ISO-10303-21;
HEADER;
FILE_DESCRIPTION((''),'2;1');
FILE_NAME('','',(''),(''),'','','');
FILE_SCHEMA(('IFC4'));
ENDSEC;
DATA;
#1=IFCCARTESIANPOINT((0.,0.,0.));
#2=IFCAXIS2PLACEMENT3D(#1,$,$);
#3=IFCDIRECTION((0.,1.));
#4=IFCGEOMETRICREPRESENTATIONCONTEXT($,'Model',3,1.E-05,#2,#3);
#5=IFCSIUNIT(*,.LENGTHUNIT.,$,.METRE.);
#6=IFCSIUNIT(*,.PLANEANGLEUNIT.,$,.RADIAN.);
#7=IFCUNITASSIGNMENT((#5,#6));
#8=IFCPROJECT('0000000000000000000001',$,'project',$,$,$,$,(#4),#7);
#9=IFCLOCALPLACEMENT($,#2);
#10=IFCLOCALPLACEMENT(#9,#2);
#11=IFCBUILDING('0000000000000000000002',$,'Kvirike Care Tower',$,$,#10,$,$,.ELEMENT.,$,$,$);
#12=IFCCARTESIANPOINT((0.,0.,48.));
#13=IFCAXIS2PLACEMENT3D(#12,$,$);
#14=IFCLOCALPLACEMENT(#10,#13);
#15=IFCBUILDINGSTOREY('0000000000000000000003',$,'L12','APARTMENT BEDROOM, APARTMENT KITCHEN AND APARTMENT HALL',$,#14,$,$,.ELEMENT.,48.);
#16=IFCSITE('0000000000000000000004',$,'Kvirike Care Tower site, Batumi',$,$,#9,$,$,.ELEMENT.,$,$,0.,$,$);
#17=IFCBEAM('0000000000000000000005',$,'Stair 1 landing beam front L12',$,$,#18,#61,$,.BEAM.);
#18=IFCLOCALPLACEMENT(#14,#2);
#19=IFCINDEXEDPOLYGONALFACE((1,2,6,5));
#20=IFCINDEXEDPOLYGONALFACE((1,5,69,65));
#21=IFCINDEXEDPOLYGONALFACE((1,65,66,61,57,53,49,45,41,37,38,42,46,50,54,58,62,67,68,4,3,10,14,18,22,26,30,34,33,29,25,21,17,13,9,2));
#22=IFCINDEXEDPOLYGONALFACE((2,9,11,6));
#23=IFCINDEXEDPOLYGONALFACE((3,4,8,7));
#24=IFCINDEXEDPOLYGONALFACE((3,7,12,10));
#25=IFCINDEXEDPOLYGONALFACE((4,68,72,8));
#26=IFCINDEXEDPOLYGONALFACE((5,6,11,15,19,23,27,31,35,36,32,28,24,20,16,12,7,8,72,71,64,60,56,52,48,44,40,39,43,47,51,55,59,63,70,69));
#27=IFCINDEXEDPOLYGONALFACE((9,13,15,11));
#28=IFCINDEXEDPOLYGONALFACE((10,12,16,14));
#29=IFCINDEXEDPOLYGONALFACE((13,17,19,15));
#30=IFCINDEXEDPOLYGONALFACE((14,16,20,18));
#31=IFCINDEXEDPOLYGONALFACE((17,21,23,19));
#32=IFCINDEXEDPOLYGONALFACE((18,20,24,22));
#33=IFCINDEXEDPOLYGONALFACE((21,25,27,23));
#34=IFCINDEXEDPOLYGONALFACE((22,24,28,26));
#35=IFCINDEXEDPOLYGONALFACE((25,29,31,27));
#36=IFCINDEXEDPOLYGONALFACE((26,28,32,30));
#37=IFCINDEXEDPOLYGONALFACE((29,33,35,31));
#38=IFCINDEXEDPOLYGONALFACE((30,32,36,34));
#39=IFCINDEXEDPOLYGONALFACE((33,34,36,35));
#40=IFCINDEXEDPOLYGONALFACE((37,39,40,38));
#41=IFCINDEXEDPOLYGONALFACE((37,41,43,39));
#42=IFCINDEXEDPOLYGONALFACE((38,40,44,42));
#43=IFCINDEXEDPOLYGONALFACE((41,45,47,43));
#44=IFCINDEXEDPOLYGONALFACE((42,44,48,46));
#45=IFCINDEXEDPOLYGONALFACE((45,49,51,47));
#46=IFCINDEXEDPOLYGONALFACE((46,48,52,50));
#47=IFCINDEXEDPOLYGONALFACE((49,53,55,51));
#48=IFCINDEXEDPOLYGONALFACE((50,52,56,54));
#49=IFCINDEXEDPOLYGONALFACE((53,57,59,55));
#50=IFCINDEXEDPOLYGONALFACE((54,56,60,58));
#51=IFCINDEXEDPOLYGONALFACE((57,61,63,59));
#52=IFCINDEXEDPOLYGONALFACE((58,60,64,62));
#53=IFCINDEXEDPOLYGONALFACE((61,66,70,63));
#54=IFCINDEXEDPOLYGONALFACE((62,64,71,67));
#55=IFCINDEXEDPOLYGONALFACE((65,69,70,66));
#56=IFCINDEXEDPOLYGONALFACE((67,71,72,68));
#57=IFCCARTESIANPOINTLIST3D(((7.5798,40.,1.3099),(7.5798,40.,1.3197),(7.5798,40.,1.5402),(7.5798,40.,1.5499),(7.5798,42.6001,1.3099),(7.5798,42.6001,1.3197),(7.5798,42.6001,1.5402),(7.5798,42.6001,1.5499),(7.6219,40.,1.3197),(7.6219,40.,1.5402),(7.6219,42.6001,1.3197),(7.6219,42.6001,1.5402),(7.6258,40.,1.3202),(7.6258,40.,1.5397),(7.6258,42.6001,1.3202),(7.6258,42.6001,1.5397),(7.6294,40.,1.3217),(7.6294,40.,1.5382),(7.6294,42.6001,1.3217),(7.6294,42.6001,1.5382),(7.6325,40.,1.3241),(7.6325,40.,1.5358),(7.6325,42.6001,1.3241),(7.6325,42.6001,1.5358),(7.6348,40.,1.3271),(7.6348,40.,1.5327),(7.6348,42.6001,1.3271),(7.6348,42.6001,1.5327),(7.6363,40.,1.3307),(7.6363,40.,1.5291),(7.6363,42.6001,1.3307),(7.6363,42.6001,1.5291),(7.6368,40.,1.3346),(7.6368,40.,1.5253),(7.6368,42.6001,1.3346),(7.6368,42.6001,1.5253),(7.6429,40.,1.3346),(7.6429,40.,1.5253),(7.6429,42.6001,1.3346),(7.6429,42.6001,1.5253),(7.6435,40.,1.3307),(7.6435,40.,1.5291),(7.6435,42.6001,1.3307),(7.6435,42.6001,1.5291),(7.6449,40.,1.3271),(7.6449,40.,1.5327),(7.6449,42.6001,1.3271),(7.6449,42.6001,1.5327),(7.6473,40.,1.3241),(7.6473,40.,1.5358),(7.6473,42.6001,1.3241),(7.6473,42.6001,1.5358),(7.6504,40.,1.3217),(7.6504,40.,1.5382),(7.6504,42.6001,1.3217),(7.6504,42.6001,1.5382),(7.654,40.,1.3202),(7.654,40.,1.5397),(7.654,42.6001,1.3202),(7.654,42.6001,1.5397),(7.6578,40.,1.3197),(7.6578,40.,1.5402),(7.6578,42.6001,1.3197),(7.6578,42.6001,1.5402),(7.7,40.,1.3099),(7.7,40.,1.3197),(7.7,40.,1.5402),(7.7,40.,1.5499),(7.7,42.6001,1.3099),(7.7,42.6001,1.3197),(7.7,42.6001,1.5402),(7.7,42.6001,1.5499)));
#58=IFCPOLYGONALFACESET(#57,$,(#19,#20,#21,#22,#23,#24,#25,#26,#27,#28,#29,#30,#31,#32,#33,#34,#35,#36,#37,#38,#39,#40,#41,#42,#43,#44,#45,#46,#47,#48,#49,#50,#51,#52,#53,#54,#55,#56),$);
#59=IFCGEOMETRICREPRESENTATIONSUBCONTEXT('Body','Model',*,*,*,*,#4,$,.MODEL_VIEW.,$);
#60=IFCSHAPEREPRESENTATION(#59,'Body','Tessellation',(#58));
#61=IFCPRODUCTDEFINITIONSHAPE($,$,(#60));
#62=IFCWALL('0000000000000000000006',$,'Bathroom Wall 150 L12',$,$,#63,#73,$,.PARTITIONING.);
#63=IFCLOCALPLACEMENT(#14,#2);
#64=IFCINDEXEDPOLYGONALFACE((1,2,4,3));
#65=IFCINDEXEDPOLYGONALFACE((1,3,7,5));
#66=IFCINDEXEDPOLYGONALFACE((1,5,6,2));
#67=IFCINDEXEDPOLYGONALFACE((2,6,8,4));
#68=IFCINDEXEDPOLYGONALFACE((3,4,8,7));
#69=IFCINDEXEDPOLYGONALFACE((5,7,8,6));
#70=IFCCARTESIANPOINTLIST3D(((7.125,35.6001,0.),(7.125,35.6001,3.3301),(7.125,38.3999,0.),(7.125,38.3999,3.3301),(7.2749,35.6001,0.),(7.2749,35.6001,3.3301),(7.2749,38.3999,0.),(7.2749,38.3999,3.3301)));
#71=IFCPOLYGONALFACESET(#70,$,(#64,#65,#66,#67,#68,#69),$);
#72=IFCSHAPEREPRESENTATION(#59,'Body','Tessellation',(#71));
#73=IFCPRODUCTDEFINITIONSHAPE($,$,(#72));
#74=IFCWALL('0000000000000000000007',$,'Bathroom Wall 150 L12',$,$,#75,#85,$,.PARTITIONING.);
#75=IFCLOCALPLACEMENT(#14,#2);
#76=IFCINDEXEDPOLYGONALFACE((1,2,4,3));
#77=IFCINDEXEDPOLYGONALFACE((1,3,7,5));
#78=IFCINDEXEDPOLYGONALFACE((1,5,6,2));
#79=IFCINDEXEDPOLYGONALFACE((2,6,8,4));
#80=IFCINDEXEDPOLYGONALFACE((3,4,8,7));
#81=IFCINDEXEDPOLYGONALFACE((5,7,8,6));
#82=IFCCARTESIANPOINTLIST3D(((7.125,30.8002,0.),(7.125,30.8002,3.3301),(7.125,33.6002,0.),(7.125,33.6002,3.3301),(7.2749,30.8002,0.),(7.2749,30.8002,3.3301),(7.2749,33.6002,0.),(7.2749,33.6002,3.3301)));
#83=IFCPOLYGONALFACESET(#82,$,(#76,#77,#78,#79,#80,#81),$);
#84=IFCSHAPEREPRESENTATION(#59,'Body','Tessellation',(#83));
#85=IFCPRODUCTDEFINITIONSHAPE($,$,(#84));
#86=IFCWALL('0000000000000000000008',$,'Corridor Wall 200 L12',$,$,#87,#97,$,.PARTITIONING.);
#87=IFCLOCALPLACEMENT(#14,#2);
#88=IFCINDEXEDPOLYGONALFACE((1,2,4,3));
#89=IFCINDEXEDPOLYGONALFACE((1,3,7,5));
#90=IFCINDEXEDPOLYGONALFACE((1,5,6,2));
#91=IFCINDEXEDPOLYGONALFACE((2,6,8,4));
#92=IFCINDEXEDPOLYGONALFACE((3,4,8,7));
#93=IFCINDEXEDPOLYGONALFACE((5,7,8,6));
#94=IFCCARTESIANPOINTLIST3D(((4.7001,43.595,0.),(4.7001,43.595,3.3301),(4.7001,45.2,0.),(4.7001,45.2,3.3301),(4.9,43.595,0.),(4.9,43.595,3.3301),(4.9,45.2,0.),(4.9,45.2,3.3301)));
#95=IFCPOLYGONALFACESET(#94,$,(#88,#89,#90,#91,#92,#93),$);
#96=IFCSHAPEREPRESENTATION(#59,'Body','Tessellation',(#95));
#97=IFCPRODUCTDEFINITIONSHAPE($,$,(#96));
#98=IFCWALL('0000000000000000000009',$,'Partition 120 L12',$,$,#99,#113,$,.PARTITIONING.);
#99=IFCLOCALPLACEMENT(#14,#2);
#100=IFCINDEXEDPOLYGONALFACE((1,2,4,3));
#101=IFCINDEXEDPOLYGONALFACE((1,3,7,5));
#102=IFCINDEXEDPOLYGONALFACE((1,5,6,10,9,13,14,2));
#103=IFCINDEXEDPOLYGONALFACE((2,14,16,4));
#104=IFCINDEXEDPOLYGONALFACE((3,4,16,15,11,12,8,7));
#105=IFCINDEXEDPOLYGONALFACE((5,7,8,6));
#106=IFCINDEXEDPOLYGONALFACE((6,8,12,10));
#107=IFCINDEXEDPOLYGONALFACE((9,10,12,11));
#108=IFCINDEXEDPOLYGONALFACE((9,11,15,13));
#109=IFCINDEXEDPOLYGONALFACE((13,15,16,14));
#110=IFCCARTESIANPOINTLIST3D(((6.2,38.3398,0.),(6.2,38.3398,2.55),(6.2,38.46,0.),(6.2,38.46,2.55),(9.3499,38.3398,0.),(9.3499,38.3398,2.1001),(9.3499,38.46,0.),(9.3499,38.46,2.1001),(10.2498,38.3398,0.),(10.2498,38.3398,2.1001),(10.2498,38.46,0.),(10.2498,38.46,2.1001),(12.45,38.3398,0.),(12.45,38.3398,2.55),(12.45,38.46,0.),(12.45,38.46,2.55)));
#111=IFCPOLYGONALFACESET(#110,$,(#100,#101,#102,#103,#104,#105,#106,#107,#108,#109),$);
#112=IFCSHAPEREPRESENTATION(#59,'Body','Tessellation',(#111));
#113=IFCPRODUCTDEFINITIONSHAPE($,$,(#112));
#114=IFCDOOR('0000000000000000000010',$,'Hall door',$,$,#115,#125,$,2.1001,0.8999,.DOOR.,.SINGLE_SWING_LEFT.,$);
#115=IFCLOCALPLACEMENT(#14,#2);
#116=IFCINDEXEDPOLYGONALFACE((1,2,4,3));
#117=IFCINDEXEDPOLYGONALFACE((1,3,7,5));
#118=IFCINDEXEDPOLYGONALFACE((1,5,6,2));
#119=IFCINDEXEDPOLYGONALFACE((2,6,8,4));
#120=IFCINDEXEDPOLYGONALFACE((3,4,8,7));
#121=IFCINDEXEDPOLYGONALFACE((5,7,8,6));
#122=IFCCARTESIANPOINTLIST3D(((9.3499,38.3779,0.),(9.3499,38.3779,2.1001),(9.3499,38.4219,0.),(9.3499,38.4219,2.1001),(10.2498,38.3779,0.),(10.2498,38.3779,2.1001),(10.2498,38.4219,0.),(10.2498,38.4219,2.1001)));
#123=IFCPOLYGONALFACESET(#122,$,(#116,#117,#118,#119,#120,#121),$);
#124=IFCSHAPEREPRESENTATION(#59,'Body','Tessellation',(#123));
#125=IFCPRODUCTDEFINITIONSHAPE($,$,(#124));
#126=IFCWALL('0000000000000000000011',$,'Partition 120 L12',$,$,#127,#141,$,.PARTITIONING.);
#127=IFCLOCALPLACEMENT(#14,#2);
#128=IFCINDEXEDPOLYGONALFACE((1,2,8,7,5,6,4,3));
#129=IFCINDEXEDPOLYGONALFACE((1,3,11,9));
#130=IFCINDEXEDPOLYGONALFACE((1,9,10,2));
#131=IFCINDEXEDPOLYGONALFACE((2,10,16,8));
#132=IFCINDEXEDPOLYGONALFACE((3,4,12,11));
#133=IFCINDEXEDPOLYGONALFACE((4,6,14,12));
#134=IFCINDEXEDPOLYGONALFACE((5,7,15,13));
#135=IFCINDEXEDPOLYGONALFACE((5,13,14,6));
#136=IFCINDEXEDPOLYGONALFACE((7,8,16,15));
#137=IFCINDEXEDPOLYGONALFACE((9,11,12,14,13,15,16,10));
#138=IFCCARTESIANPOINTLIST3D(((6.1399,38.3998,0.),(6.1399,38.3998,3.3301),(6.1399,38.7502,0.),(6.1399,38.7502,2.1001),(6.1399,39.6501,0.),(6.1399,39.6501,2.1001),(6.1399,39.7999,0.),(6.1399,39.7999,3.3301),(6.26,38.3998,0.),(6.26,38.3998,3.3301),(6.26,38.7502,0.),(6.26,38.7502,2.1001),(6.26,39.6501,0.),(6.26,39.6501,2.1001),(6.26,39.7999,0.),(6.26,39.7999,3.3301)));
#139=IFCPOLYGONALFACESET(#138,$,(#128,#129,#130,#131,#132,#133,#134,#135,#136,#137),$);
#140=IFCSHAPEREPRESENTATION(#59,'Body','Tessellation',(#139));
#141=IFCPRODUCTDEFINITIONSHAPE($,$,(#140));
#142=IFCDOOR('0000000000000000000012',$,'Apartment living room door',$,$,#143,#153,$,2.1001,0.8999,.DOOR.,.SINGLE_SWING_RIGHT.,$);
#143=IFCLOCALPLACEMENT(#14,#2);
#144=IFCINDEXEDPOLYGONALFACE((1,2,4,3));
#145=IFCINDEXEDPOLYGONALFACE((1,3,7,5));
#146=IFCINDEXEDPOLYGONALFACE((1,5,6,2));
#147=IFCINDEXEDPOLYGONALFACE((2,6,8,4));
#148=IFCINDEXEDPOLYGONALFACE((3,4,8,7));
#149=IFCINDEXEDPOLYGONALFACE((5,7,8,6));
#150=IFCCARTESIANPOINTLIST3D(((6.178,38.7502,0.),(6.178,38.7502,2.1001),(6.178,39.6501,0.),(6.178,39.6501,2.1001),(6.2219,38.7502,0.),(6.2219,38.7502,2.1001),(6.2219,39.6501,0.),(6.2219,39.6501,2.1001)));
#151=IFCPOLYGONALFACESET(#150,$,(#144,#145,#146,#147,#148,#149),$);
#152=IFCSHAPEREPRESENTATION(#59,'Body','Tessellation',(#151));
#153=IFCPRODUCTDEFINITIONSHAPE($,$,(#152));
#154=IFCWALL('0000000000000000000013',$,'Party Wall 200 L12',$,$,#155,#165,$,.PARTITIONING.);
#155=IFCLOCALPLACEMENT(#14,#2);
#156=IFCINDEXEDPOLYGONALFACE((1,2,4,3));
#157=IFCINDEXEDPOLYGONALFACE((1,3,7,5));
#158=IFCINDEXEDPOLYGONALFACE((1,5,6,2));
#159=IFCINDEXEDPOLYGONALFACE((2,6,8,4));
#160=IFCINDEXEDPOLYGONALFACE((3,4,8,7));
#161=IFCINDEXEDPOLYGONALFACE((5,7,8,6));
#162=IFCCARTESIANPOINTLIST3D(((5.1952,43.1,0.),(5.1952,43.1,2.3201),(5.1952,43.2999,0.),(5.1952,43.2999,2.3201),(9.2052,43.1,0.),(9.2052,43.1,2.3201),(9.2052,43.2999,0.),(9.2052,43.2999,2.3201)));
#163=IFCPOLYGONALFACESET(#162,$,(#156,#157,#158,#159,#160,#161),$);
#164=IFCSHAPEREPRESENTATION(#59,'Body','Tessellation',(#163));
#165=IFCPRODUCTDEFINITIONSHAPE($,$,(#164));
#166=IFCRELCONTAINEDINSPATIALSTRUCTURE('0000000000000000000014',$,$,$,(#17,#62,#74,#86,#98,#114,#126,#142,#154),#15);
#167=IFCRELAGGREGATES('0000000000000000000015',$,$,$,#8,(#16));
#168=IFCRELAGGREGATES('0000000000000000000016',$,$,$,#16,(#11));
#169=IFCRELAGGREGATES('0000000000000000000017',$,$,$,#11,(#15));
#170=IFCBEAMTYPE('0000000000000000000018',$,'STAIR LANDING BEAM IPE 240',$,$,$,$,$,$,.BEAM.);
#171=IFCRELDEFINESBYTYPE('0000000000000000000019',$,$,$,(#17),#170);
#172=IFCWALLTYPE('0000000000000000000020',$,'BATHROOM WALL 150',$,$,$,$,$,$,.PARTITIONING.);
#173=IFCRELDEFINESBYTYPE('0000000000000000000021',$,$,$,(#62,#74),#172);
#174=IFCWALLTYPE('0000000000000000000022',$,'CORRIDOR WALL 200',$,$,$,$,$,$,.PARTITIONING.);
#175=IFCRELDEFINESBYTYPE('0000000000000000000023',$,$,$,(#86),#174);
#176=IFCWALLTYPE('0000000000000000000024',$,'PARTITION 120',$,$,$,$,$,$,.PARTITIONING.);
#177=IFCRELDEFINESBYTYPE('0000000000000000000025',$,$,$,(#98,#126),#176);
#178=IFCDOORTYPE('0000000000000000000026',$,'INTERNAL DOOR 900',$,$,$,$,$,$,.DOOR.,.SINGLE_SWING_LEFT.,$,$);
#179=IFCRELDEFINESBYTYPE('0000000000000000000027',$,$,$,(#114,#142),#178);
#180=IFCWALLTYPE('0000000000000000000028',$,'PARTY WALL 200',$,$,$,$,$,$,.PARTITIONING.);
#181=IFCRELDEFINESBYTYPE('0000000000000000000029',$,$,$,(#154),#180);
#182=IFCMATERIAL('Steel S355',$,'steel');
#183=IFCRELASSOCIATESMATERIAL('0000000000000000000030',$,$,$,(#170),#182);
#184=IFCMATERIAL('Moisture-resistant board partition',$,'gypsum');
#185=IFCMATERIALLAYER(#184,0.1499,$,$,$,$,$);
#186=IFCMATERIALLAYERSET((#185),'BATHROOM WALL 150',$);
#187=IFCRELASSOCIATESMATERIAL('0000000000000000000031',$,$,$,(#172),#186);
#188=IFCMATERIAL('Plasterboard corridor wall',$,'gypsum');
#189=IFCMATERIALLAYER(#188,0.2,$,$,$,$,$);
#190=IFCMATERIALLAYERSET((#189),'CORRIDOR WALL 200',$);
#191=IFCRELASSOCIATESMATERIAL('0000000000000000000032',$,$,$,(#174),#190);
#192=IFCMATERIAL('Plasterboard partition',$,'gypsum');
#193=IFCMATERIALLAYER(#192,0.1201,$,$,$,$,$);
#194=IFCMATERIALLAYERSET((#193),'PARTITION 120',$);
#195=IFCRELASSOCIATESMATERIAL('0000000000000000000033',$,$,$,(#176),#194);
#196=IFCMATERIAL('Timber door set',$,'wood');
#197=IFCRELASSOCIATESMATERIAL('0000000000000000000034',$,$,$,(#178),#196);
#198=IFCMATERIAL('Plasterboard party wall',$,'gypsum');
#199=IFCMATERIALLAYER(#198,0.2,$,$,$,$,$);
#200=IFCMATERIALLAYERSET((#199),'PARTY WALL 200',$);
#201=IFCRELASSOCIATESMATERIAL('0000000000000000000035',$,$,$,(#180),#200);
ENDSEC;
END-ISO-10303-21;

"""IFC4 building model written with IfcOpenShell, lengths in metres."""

from ifc_helpers import new_model, si_unit, direction, frame, frame_2d, origin, origin_2d, place, context, subcontext, project, spatial, rectangle, i_section, extrude, material, layer, layer_set, material_profile, profile_set, type_object, element, fill, save


model = new_model("IFC4")

# Units and contexts
model_context = context("Model", 3, precision=1e-05, world=origin(), true_north=direction((0.0, 1.0)))
body_context = subcontext(model_context, "Body", "Model", "MODEL_VIEW")
ifc_project = project(units=[si_unit("LENGTHUNIT", "METRE"), si_unit("PLANEANGLEUNIT", "RADIAN")], contexts=[model_context])

# Site, building, storey
site_placement = place(None, origin())
site = spatial("IfcSite", under=ifc_project, at=site_placement, Name="Kvirike Care Tower site, Batumi", CompositionType="ELEMENT", RefElevation=0.0)
building_placement = place(site_placement, origin())
building = spatial("IfcBuilding", under=site, at=building_placement, Name="Kvirike Care Tower", CompositionType="ELEMENT")
storey_placement = place(building_placement, frame((0.0, 0.0, 48.0)))
storey = spatial("IfcBuildingStorey", under=building, at=storey_placement, Name="L12", Description="APARTMENT BEDROOM, APARTMENT KITCHEN AND APARTMENT HALL", CompositionType="ELEMENT", Elevation=48.0)

# Beam
ifc_material_1 = material(Name="Steel S355", Category="steel")
ifc_material_profile_1 = material_profile(ifc_material_1, i_section(OverallWidth=0.1201, OverallDepth=0.24, WebThickness=0.0061, FlangeThickness=0.0098, FilletRadius=0.0149, at=origin_2d()), Name="IPE 240")
ifc_profile_set_1 = profile_set([ifc_material_profile_1], Name="Steel S355")
beam_type_1 = type_object("IfcBeamType", Name="STAIR LANDING BEAM IPE 240", PredefinedType="BEAM", material=ifc_profile_set_1)
for number, where, z_axis, x_axis, name in (
    (1, (7.6399, 42.6001, 1.4299), (0.0, -1.0, 0.0), (1.0, 0.0, 0.0), "Stair 1 landing beam front L12"),
):
    element("IfcBeam", number, at=place(storey_placement, frame(where, z_axis=z_axis, x_axis=x_axis)), inside=storey, type_object=beam_type_1, Name=name, PredefinedType="BEAM", context=body_context, shape_type="SweptSolid", body=[
        extrude(i_section(OverallWidth=0.1201, OverallDepth=0.24, WebThickness=0.0061, FlangeThickness=0.0098, FilletRadius=0.0149, at=origin_2d()), origin(), (0.0, 0.0, 1.0), 2.6001),
    ])

# Walls
ifc_material_2 = material(Name="Moisture-resistant board partition", Category="gypsum")
ifc_layer_1 = layer(ifc_material_2, 0.1499)
ifc_layer_set_1 = layer_set([ifc_layer_1], Name="BATHROOM WALL 150")
wall_type_1 = type_object("IfcWallType", Name="BATHROOM WALL 150", PredefinedType="PARTITIONING", material=ifc_layer_set_1)
wall_1_placement = place(storey_placement, frame((7.2, 38.3999, 0.0), z_axis=(0.0, 0.0, 1.0), x_axis=(0.0, -1.0, 0.0)))
element("IfcWall", 2, at=wall_1_placement, inside=storey, type_object=wall_type_1, Name="Bathroom Wall 150 L12", PredefinedType="PARTITIONING", context=body_context, shape_type="SweptSolid", body=[
    extrude(rectangle(XDim=2.7998, YDim=0.1499, at=frame_2d((1.3999, 0.0))), origin(), (0.0, 0.0, 1.0), 3.3301),
])
wall_2_placement = place(storey_placement, frame((7.2, 33.6001, 0.0), z_axis=(0.0, 0.0, 1.0), x_axis=(0.0, -1.0, 0.0)))
element("IfcWall", 3, at=wall_2_placement, inside=storey, type_object=wall_type_1, Name="Bathroom Wall 150 L12", PredefinedType="PARTITIONING", context=body_context, shape_type="SweptSolid", body=[
    extrude(rectangle(XDim=2.8, YDim=0.1499, at=frame_2d((1.3999, 0.0))), origin(), (0.0, 0.0, 1.0), 3.3301),
])
ifc_material_3 = material(Name="Plasterboard corridor wall", Category="gypsum")
ifc_layer_2 = layer(ifc_material_3, 0.2)
ifc_layer_set_2 = layer_set([ifc_layer_2], Name="CORRIDOR WALL 200")
wall_type_2 = type_object("IfcWallType", Name="CORRIDOR WALL 200", PredefinedType="PARTITIONING", material=ifc_layer_set_2)
wall_3_placement = place(storey_placement, frame((4.8, 45.2, 0.0), z_axis=(0.0, 0.0, 1.0), x_axis=(0.0, -1.0, 0.0)))
element("IfcWall", 4, at=wall_3_placement, inside=storey, type_object=wall_type_2, Name="Corridor Wall 200 L12", PredefinedType="PARTITIONING", context=body_context, shape_type="SweptSolid", body=[
    extrude(rectangle(XDim=1.605, YDim=0.2, at=frame_2d((0.8025, 0.0))), origin(), (0.0, 0.0, 1.0), 3.3301),
])

# Walls, openings, doors
ifc_material_4 = material(Name="Plasterboard partition", Category="gypsum")
ifc_layer_3 = layer(ifc_material_4, 0.1201)
ifc_layer_set_3 = layer_set([ifc_layer_3], Name="PARTITION 120")
wall_type_3 = type_object("IfcWallType", Name="PARTITION 120", PredefinedType="PARTITIONING", material=ifc_layer_set_3)
wall_4_placement = place(storey_placement, frame((6.2, 38.3999, 0.0), z_axis=(0.0, 0.0, 1.0), x_axis=(1.0, 0.0, 0.0)))
wall_4 = element("IfcWall", 5, at=wall_4_placement, inside=storey, type_object=wall_type_3, Name="Partition 120 L12", PredefinedType="PARTITIONING", context=body_context, shape_type="SweptSolid", body=[
    extrude(rectangle(XDim=6.25, YDim=0.1201, at=frame_2d((3.125, 0.0))), origin(), (0.0, 0.0, 1.0), 2.55),
])
opening_1_placement = place(wall_4_placement, frame((3.1499, 0.0, 0.0)))
opening_1 = element("IfcOpeningElement", 6, at=opening_1_placement, cuts=wall_4, PredefinedType="OPENING", context=body_context, shape_type="SweptSolid", body=[
    extrude(rectangle(XDim=0.8999, YDim=2.1001, at=frame_2d((0.45, 1.05))), frame((0.0, 0.0706, 0.0), z_axis=(0.0, -1.0, 0.0), x_axis=(1.0, 0.0, 0.0)), (0.0, 0.0, 1.0), 0.1411),
])
ifc_material_5 = material(Name="Timber door set", Category="wood")
door_type = type_object("IfcDoorType", Name="INTERNAL DOOR 900", OperationType="SINGLE_SWING_LEFT", PredefinedType="DOOR", material=ifc_material_5)
door_1_placement = place(opening_1_placement, origin())
door_1 = element("IfcDoor", 7, at=door_1_placement, inside=storey, type_object=door_type, Name="Hall door", OperationType="SINGLE_SWING_LEFT", OverallHeight=2.1001, OverallWidth=0.8999, PredefinedType="DOOR", context=body_context, shape_type="SweptSolid", body=[
    extrude(rectangle(XDim=0.8999, YDim=2.1001, at=frame_2d((0.45, 1.05))), frame((0.0, 0.022, 0.0), z_axis=(0.0, -1.0, 0.0), x_axis=(1.0, 0.0, 0.0)), (0.0, 0.0, 1.0), 0.0439),
])
fill(opening_1, door_1)
wall_5_placement = place(storey_placement, frame((6.2, 39.8, 0.0), z_axis=(0.0, 0.0, 1.0), x_axis=(0.0, -1.0, 0.0)))
wall_5 = element("IfcWall", 8, at=wall_5_placement, inside=storey, type_object=wall_type_3, Name="Partition 120 L12", PredefinedType="PARTITIONING", context=body_context, shape_type="SweptSolid", body=[
    extrude(rectangle(XDim=1.4001, YDim=0.1201, at=frame_2d((0.7002, 0.0))), origin(), (0.0, 0.0, 1.0), 3.3301),
])
opening_2_placement = place(wall_5_placement, frame((0.1499, 0.0, 0.0)))
opening_2 = element("IfcOpeningElement", 9, at=opening_2_placement, cuts=wall_5, PredefinedType="OPENING", context=body_context, shape_type="SweptSolid", body=[
    extrude(rectangle(XDim=0.8999, YDim=2.1001, at=frame_2d((0.45, 1.05))), frame((0.0, 0.0706, 0.0), z_axis=(0.0, -1.0, 0.0), x_axis=(1.0, 0.0, 0.0)), (0.0, 0.0, 1.0), 0.1411),
])
door_2_placement = place(opening_2_placement, origin())
door_2 = element("IfcDoor", 10, at=door_2_placement, inside=storey, type_object=door_type, Name="Apartment living room door", OperationType="SINGLE_SWING_RIGHT", OverallHeight=2.1001, OverallWidth=0.8999, PredefinedType="DOOR", context=body_context, shape_type="SweptSolid", body=[
    extrude(rectangle(XDim=0.8999, YDim=2.1001, at=frame_2d((0.45, 1.05))), frame((0.0, 0.022, 0.0), z_axis=(0.0, -1.0, 0.0), x_axis=(1.0, 0.0, 0.0)), (0.0, 0.0, 1.0), 0.0439),
])
fill(opening_2, door_2)

# Wall
ifc_material_6 = material(Name="Plasterboard party wall", Category="gypsum")
ifc_layer_4 = layer(ifc_material_6, 0.2)
ifc_layer_set_4 = layer_set([ifc_layer_4], Name="PARTY WALL 200")
wall_type_4 = type_object("IfcWallType", Name="PARTY WALL 200", PredefinedType="PARTITIONING", material=ifc_layer_set_4)
wall_6_placement = place(storey_placement, frame((9.2051, 43.2, 0.0), z_axis=(0.0, 0.0, 1.0), x_axis=(-1.0, 0.0, 0.0)))
element("IfcWall", 11, at=wall_6_placement, inside=storey, type_object=wall_type_4, Name="Party Wall 200 L12", PredefinedType="PARTITIONING", context=body_context, shape_type="SweptSolid", body=[
    extrude(rectangle(XDim=4.01, YDim=0.2, at=frame_2d((2.0049, 0.0))), origin(), (0.0, 0.0, 1.0), 2.3201),
])

save(model, "model.ifc")
